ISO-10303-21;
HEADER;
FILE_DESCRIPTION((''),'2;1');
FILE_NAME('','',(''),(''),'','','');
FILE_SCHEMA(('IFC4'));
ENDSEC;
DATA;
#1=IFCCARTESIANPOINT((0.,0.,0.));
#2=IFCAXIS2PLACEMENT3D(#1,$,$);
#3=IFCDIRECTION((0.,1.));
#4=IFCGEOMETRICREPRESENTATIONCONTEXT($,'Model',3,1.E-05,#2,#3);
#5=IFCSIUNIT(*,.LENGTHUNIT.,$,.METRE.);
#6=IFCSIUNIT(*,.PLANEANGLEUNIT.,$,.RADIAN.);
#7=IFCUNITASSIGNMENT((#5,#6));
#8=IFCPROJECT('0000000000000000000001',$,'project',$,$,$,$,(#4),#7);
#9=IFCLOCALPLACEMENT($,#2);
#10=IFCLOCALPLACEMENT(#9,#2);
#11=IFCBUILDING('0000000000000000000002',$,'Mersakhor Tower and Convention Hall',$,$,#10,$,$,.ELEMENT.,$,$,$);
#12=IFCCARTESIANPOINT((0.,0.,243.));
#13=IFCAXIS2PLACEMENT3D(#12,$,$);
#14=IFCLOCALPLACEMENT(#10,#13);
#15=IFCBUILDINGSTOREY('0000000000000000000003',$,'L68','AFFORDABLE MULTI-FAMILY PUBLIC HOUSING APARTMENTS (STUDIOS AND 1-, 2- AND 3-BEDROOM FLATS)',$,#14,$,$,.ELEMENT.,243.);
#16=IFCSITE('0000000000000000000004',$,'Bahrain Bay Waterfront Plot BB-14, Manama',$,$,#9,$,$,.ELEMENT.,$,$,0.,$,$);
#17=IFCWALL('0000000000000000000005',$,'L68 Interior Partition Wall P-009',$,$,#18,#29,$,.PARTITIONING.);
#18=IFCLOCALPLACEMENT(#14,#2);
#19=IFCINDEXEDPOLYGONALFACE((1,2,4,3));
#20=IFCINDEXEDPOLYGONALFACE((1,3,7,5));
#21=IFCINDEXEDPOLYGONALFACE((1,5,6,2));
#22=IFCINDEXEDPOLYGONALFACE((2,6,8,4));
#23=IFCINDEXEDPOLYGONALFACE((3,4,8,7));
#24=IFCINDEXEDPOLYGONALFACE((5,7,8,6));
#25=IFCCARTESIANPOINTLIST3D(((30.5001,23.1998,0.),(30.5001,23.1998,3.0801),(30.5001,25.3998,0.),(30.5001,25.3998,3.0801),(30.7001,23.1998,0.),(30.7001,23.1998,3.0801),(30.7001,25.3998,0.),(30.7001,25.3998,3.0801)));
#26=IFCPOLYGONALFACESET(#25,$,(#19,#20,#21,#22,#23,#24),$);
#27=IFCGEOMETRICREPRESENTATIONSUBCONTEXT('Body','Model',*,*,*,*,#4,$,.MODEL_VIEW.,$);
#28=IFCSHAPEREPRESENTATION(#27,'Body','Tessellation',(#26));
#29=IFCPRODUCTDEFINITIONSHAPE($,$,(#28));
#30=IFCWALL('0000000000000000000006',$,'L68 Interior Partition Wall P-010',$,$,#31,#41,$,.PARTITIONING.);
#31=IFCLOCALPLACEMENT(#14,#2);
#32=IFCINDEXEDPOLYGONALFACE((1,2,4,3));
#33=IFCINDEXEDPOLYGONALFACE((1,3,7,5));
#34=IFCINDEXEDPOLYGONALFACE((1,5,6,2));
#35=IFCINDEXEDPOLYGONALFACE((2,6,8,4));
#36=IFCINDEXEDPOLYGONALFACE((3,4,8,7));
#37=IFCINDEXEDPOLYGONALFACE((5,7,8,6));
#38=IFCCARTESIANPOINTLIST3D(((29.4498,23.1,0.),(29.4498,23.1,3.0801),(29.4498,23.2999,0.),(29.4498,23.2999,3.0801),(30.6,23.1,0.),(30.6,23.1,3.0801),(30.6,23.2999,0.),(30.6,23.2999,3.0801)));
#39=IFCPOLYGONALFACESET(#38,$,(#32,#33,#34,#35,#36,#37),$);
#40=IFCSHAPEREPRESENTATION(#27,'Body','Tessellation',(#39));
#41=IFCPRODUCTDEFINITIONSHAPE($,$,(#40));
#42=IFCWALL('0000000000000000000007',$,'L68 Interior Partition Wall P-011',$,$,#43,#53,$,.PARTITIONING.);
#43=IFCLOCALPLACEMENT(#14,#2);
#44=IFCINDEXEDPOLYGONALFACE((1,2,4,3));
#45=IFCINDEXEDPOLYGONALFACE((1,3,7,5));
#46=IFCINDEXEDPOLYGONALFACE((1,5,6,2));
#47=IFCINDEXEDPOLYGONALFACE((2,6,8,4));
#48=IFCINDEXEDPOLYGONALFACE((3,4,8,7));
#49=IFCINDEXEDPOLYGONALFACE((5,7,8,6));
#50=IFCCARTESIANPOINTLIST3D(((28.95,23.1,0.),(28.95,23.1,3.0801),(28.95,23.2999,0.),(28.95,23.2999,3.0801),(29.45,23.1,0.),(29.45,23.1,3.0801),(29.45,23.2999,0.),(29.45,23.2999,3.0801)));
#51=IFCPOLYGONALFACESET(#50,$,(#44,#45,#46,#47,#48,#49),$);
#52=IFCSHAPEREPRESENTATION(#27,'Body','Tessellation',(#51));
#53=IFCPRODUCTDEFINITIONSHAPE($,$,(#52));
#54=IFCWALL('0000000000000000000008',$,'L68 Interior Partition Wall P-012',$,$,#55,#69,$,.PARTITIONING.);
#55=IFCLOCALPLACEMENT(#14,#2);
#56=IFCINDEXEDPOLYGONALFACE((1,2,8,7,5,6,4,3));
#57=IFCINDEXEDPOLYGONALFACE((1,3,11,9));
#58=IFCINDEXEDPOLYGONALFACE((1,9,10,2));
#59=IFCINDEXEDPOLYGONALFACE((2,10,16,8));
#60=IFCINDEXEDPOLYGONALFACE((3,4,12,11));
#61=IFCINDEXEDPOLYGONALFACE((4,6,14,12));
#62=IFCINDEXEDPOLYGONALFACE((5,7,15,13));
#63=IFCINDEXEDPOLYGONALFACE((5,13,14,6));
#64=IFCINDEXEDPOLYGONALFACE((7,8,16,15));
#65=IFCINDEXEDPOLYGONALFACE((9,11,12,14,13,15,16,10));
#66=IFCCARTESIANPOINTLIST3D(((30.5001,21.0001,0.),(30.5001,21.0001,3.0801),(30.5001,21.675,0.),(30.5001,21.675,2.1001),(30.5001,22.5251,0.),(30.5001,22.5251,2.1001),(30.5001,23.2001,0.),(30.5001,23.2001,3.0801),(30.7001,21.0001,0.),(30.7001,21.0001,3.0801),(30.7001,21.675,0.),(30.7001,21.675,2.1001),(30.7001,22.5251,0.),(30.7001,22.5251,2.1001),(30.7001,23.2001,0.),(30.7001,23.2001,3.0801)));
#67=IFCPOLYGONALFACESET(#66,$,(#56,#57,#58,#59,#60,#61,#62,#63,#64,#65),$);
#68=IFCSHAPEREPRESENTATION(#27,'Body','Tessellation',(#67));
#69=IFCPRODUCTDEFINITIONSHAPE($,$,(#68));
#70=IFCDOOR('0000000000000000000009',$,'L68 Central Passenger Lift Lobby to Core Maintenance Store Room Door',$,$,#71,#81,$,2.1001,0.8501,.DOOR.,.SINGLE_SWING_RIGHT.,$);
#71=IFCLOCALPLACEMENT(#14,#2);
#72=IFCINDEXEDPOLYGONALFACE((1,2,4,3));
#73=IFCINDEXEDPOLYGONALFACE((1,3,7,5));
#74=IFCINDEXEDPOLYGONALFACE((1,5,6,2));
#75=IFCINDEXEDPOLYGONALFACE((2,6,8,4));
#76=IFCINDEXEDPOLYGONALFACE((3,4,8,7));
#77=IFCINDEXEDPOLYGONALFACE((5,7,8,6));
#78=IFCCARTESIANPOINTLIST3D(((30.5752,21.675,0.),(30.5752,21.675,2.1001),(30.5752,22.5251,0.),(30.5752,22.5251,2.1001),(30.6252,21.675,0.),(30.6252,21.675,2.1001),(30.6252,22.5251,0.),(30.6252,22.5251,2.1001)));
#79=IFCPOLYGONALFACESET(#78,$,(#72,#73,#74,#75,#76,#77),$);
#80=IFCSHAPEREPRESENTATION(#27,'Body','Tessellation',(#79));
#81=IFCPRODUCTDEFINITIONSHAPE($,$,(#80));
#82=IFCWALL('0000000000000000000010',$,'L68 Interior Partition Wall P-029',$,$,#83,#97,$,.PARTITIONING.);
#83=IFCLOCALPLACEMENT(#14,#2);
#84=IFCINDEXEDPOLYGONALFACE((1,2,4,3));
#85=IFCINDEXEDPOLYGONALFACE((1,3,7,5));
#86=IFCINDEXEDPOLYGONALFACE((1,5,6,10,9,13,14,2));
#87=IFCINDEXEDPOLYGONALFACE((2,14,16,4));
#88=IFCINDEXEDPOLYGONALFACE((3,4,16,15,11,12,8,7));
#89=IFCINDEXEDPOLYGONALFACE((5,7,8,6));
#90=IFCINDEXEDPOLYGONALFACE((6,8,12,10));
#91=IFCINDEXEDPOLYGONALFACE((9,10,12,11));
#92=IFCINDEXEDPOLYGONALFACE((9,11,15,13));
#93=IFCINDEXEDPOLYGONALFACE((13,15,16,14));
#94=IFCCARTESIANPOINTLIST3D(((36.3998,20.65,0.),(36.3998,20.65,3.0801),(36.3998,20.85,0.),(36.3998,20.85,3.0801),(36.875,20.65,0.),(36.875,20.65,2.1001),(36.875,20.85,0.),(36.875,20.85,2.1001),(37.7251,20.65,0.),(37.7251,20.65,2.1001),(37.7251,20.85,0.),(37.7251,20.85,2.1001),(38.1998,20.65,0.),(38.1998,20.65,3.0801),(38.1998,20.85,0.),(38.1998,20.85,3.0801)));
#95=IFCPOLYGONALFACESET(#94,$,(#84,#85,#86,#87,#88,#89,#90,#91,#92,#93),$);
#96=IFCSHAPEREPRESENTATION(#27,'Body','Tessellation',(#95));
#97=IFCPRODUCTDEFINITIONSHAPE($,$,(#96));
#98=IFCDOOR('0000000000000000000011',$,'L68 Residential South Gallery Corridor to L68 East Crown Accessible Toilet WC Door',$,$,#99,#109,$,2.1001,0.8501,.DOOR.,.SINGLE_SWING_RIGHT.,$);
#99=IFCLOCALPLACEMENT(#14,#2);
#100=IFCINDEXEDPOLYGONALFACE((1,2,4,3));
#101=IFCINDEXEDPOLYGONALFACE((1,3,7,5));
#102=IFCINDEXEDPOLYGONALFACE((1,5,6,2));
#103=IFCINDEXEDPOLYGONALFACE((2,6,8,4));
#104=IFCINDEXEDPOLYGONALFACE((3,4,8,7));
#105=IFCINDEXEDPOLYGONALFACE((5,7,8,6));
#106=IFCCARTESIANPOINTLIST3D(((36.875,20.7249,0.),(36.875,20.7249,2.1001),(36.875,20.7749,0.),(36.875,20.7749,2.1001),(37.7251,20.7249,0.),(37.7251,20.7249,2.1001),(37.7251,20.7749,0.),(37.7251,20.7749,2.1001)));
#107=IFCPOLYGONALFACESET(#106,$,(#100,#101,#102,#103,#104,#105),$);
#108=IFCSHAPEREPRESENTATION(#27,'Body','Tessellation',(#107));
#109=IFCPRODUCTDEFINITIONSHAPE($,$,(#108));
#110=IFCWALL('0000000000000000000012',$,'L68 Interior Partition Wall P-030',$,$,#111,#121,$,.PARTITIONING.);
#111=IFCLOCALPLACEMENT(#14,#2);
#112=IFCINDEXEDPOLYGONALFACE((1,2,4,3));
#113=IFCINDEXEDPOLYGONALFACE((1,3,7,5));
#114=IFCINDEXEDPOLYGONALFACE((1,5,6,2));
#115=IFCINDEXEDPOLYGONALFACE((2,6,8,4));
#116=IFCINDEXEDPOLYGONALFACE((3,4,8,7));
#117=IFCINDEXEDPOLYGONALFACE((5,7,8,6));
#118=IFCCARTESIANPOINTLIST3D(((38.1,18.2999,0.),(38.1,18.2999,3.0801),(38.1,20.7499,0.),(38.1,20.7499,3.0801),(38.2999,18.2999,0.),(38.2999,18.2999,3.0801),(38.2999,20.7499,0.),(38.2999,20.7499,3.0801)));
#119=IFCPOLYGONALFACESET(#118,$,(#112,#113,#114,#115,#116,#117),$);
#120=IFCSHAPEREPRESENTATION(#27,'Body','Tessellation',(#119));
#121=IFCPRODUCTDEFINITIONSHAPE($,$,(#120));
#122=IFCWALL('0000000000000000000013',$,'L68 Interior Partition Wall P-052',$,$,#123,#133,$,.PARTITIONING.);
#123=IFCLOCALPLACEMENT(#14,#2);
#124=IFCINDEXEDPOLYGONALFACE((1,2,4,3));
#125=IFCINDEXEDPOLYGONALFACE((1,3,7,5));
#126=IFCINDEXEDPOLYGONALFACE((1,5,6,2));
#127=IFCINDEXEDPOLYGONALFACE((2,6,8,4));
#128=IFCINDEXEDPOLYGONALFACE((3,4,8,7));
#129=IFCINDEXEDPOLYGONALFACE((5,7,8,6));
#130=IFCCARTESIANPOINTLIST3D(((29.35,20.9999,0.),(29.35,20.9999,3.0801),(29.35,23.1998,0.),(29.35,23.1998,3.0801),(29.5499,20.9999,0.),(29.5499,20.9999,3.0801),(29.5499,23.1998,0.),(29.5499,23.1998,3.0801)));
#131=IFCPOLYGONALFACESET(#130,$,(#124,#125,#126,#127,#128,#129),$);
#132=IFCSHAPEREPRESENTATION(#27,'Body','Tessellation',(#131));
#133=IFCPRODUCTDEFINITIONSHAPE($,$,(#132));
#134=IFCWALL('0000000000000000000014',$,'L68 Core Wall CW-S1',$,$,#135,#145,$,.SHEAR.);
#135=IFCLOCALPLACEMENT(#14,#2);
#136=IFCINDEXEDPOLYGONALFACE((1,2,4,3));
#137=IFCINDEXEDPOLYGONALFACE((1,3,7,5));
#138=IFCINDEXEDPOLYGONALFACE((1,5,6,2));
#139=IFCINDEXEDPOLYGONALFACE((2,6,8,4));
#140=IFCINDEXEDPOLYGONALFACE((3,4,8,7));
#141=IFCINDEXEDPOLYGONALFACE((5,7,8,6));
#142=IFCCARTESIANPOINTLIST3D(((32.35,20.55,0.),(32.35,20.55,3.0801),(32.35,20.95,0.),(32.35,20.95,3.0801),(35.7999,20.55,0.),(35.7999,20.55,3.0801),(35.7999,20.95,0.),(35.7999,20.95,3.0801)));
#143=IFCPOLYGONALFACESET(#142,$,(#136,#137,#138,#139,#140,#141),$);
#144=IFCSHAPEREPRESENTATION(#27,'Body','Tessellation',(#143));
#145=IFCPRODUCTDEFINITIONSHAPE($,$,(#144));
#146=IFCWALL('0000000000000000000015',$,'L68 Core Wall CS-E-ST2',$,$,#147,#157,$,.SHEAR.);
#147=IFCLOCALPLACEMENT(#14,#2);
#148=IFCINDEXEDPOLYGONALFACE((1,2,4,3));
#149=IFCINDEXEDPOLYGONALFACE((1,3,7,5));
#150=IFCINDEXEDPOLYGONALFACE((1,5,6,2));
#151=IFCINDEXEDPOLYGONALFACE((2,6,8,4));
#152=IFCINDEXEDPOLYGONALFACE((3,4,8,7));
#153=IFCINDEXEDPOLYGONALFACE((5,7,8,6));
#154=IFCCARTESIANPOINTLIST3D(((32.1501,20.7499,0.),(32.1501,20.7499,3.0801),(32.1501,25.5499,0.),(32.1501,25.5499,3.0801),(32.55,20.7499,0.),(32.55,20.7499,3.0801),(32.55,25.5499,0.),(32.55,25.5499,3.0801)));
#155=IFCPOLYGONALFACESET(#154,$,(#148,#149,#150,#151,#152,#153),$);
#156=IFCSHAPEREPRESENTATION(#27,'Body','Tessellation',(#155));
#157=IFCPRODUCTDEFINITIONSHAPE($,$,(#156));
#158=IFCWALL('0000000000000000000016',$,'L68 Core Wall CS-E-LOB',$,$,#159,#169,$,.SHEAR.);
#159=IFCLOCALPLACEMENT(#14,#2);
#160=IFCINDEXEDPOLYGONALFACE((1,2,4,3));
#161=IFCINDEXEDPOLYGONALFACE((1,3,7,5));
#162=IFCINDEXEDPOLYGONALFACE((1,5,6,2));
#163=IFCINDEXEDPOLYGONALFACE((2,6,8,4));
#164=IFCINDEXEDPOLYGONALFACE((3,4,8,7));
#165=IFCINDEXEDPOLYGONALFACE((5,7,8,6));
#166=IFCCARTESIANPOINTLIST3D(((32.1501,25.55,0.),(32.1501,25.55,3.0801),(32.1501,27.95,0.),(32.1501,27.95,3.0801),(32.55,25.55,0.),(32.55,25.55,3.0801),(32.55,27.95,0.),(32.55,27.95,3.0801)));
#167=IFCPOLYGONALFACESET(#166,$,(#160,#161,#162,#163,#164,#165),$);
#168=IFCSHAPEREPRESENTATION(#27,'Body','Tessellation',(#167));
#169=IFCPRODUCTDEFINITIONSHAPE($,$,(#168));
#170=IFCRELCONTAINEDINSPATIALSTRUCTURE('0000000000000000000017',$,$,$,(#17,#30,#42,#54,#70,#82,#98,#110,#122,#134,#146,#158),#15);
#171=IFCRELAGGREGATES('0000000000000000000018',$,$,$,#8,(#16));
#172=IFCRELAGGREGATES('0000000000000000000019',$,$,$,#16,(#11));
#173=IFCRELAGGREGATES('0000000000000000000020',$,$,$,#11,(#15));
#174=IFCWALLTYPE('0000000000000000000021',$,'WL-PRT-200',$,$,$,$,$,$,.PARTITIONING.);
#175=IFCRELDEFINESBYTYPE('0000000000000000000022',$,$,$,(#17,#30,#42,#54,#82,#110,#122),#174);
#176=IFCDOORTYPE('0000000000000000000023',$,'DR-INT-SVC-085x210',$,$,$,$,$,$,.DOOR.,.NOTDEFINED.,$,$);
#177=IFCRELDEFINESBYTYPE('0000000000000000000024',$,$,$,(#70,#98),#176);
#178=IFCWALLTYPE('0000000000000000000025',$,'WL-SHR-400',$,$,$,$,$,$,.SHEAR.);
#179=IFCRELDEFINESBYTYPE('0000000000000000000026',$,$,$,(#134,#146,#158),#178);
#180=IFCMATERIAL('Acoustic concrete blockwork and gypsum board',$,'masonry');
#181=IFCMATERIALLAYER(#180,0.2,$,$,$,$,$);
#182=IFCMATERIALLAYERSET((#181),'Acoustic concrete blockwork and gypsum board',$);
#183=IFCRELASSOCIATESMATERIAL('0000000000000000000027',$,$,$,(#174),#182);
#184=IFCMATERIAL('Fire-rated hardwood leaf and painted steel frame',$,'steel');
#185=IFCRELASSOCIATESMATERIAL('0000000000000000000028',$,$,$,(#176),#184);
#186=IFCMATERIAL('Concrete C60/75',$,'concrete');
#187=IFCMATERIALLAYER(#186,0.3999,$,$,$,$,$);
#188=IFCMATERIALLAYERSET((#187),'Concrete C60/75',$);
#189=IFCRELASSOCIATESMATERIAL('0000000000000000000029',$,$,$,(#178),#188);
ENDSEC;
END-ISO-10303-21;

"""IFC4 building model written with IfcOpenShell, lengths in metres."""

from ifc_helpers import new_model, si_unit, direction, frame, frame_2d, origin, place, context, subcontext, project, spatial, rectangle, extrude, material, layer, layer_set, type_object, element, fill, save


model = new_model("IFC4")

# Units and contexts
model_context = context("Model", 3, precision=1e-05, world=origin(), true_north=direction((0.0, 1.0)))
body_context = subcontext(model_context, "Body", "Model", "MODEL_VIEW")
ifc_project = project(units=[si_unit("LENGTHUNIT", "METRE"), si_unit("PLANEANGLEUNIT", "RADIAN")], contexts=[model_context])

# Site, building, storey
site_placement = place(None, origin())
site = spatial("IfcSite", under=ifc_project, at=site_placement, Name="Bahrain Bay Waterfront Plot BB-14, Manama", CompositionType="ELEMENT", RefElevation=0.0)
building_placement = place(site_placement, origin())
building = spatial("IfcBuilding", under=site, at=building_placement, Name="Mersakhor Tower and Convention Hall", CompositionType="ELEMENT")
storey_placement = place(building_placement, frame((0.0, 0.0, 243.0)))
storey = spatial("IfcBuildingStorey", under=building, at=storey_placement, Name="L68", Description="AFFORDABLE MULTI-FAMILY PUBLIC HOUSING APARTMENTS (STUDIOS AND 1-, 2- AND 3-BEDROOM FLATS)", CompositionType="ELEMENT", Elevation=243.0)

# Walls
ifc_material_1 = material(Name="Acoustic concrete blockwork and gypsum board", Category="masonry")
ifc_layer_1 = layer(ifc_material_1, 0.2)
ifc_layer_set_1 = layer_set([ifc_layer_1], Name="Acoustic concrete blockwork and gypsum board")
wall_type_1 = type_object("IfcWallType", Name="WL-PRT-200", PredefinedType="PARTITIONING", material=ifc_layer_set_1)
wall_1_placement = place(storey_placement, frame((30.6001, 25.3999, 0.0), z_axis=(0.0, 0.0, 1.0), x_axis=(0.0, -1.0, 0.0)))
element("IfcWall", 1, at=wall_1_placement, inside=storey, type_object=wall_type_1, Name="L68 Interior Partition Wall P-009", PredefinedType="PARTITIONING", context=body_context, shape_type="SweptSolid", body=[
    extrude(rectangle(XDim=2.2, YDim=0.2, at=frame_2d((1.1001, 0.0))), origin(), (0.0, 0.0, 1.0), 3.0801),
])
wall_2_placement = place(storey_placement, frame((30.6001, 23.2, 0.0), z_axis=(0.0, 0.0, 1.0), x_axis=(-1.0, 0.0, 0.0)))
element("IfcWall", 2, at=wall_2_placement, inside=storey, type_object=wall_type_1, Name="L68 Interior Partition Wall P-010", PredefinedType="PARTITIONING", context=body_context, shape_type="SweptSolid", body=[
    extrude(rectangle(XDim=1.1501, YDim=0.2, at=frame_2d((0.5752, 0.0))), origin(), (0.0, 0.0, 1.0), 3.0801),
])
wall_3_placement = place(storey_placement, frame((29.45, 23.2, 0.0), z_axis=(0.0, 0.0, 1.0), x_axis=(-1.0, 0.0, 0.0)))
element("IfcWall", 3, at=wall_3_placement, inside=storey, type_object=wall_type_1, Name="L68 Interior Partition Wall P-011", PredefinedType="PARTITIONING", context=body_context, shape_type="SweptSolid", body=[
    extrude(rectangle(XDim=0.5, YDim=0.2, at=frame_2d((0.25, 0.0))), origin(), (0.0, 0.0, 1.0), 3.0801),
])

# Walls, openings, doors
wall_4_placement = place(storey_placement, frame((30.6001, 21.0, 0.0), z_axis=(0.0, 0.0, 1.0), x_axis=(0.0, 1.0, 0.0)))
wall_4 = element("IfcWall", 4, at=wall_4_placement, inside=storey, type_object=wall_type_1, Name="L68 Interior Partition Wall P-012", PredefinedType="PARTITIONING", context=body_context, shape_type="SweptSolid", body=[
    extrude(rectangle(XDim=2.2, YDim=0.2, at=frame_2d((1.1001, 0.0))), origin(), (0.0, 0.0, 1.0), 3.0801),
])
opening_1_placement = place(wall_4_placement, frame((0.675, 0.0, 0.0)))
opening_1 = element("IfcOpeningElement", 5, at=opening_1_placement, cuts=wall_4, PredefinedType="OPENING", context=body_context, shape_type="SweptSolid", body=[
    extrude(rectangle(XDim=0.8501, YDim=2.1001, at=frame_2d((0.425, 1.05))), frame((0.0, 0.1099, 0.0), z_axis=(0.0, -1.0, 0.0), x_axis=(1.0, 0.0, 0.0)), (0.0, 0.0, 1.0), 0.22),
])
ifc_material_2 = material(Name="Fire-rated hardwood leaf and painted steel frame", Category="steel")
door_type_1 = type_object("IfcDoorType", Name="DR-INT-SVC-085x210", OperationType="NOTDEFINED", PredefinedType="DOOR", material=ifc_material_2)
door_1_placement = place(opening_1_placement, origin())
door_1 = element("IfcDoor", 6, at=door_1_placement, inside=storey, type_object=door_type_1, Name="L68 Central Passenger Lift Lobby to Core Maintenance Store Room Door", OperationType="SINGLE_SWING_RIGHT", OverallHeight=2.1001, OverallWidth=0.8501, PredefinedType="DOOR", context=body_context, shape_type="SweptSolid", body=[
    extrude(rectangle(XDim=0.8501, YDim=2.1001, at=frame_2d((0.425, 1.05))), frame((0.0, 0.0249, 0.0), z_axis=(0.0, -1.0, 0.0), x_axis=(1.0, 0.0, 0.0)), (0.0, 0.0, 1.0), 0.05),
])
fill(opening_1, door_1)
wall_5_placement = place(storey_placement, frame((36.3999, 20.75, 0.0), z_axis=(0.0, 0.0, 1.0), x_axis=(1.0, 0.0, 0.0)))
wall_5 = element("IfcWall", 7, at=wall_5_placement, inside=storey, type_object=wall_type_1, Name="L68 Interior Partition Wall P-029", PredefinedType="PARTITIONING", context=body_context, shape_type="SweptSolid", body=[
    extrude(rectangle(XDim=1.8, YDim=0.2, at=frame_2d((0.8999, 0.0))), origin(), (0.0, 0.0, 1.0), 3.0801),
])
opening_2_placement = place(wall_5_placement, frame((0.4751, 0.0, 0.0)))
opening_2 = element("IfcOpeningElement", 8, at=opening_2_placement, cuts=wall_5, PredefinedType="OPENING", context=body_context, shape_type="SweptSolid", body=[
    extrude(rectangle(XDim=0.8501, YDim=2.1001, at=frame_2d((0.425, 1.05))), frame((0.0, 0.1099, 0.0), z_axis=(0.0, -1.0, 0.0), x_axis=(1.0, 0.0, 0.0)), (0.0, 0.0, 1.0), 0.22),
])
door_2_placement = place(opening_2_placement, origin())
door_2 = element("IfcDoor", 9, at=door_2_placement, inside=storey, type_object=door_type_1, Name="L68 Residential South Gallery Corridor to L68 East Crown Accessible Toilet WC Door", OperationType="SINGLE_SWING_RIGHT", OverallHeight=2.1001, OverallWidth=0.8501, PredefinedType="DOOR", context=body_context, shape_type="SweptSolid", body=[
    extrude(rectangle(XDim=0.8501, YDim=2.1001, at=frame_2d((0.425, 1.05))), frame((0.0, 0.0249, 0.0), z_axis=(0.0, -1.0, 0.0), x_axis=(1.0, 0.0, 0.0)), (0.0, 0.0, 1.0), 0.05),
])
fill(opening_2, door_2)

# Walls
wall_6_placement = place(storey_placement, frame((38.2, 20.75, 0.0), z_axis=(0.0, 0.0, 1.0), x_axis=(0.0, -1.0, 0.0)))
element("IfcWall", 10, at=wall_6_placement, inside=storey, type_object=wall_type_1, Name="L68 Interior Partition Wall P-030", PredefinedType="PARTITIONING", context=body_context, shape_type="SweptSolid", body=[
    extrude(rectangle(XDim=2.45, YDim=0.2, at=frame_2d((1.2251, 0.0))), origin(), (0.0, 0.0, 1.0), 3.0801),
])
wall_7_placement = place(storey_placement, frame((29.45, 23.2, 0.0), z_axis=(0.0, 0.0, 1.0), x_axis=(0.0, -1.0, 0.0)))
element("IfcWall", 11, at=wall_7_placement, inside=storey, type_object=wall_type_1, Name="L68 Interior Partition Wall P-052", PredefinedType="PARTITIONING", context=body_context, shape_type="SweptSolid", body=[
    extrude(rectangle(XDim=2.2, YDim=0.2, at=frame_2d((1.1001, 0.0))), origin(), (0.0, 0.0, 1.0), 3.0801),
])
ifc_material_3 = material(Name="Concrete C60/75", Category="concrete")
ifc_layer_2 = layer(ifc_material_3, 0.3999)
ifc_layer_set_2 = layer_set([ifc_layer_2], Name="Concrete C60/75")
wall_type_2 = type_object("IfcWallType", Name="WL-SHR-400", PredefinedType="SHEAR", material=ifc_layer_set_2)
wall_8_placement = place(storey_placement, frame((35.8, 20.75, 0.0), z_axis=(0.0, 0.0, 1.0), x_axis=(-1.0, 0.0, 0.0)))
element("IfcWall", 12, at=wall_8_placement, inside=storey, type_object=wall_type_2, Name="L68 Core Wall CW-S1", PredefinedType="SHEAR", context=body_context, shape_type="SweptSolid", body=[
    extrude(rectangle(XDim=3.45, YDim=0.3999, at=frame_2d((1.7251, 0.0))), origin(), (0.0, 0.0, 1.0), 3.0801),
])

# Walls
wall_9_placement = place(storey_placement, frame((32.3501, 20.75, 0.0), z_axis=(0.0, 0.0, 1.0), x_axis=(0.0, 1.0, 0.0)))
element("IfcWall", 13, at=wall_9_placement, inside=storey, type_object=wall_type_2, Name="L68 Core Wall CS-E-ST2", PredefinedType="SHEAR", context=body_context, shape_type="SweptSolid", body=[
    extrude(rectangle(XDim=4.8, YDim=0.3999, at=frame_2d((2.3999, 0.0))), origin(), (0.0, 0.0, 1.0), 3.0801),
])
wall_10_placement = place(storey_placement, frame((32.3501, 25.55, 0.0), z_axis=(0.0, 0.0, 1.0), x_axis=(0.0, 1.0, 0.0)))
element("IfcWall", 14, at=wall_10_placement, inside=storey, type_object=wall_type_2, Name="L68 Core Wall CS-E-LOB", PredefinedType="SHEAR", context=body_context, shape_type="SweptSolid", body=[
    extrude(rectangle(XDim=2.3999, YDim=0.3999, at=frame_2d((1.2, 0.0))), origin(), (0.0, 0.0, 1.0), 3.0801),
])

save(model, "model.ifc")
